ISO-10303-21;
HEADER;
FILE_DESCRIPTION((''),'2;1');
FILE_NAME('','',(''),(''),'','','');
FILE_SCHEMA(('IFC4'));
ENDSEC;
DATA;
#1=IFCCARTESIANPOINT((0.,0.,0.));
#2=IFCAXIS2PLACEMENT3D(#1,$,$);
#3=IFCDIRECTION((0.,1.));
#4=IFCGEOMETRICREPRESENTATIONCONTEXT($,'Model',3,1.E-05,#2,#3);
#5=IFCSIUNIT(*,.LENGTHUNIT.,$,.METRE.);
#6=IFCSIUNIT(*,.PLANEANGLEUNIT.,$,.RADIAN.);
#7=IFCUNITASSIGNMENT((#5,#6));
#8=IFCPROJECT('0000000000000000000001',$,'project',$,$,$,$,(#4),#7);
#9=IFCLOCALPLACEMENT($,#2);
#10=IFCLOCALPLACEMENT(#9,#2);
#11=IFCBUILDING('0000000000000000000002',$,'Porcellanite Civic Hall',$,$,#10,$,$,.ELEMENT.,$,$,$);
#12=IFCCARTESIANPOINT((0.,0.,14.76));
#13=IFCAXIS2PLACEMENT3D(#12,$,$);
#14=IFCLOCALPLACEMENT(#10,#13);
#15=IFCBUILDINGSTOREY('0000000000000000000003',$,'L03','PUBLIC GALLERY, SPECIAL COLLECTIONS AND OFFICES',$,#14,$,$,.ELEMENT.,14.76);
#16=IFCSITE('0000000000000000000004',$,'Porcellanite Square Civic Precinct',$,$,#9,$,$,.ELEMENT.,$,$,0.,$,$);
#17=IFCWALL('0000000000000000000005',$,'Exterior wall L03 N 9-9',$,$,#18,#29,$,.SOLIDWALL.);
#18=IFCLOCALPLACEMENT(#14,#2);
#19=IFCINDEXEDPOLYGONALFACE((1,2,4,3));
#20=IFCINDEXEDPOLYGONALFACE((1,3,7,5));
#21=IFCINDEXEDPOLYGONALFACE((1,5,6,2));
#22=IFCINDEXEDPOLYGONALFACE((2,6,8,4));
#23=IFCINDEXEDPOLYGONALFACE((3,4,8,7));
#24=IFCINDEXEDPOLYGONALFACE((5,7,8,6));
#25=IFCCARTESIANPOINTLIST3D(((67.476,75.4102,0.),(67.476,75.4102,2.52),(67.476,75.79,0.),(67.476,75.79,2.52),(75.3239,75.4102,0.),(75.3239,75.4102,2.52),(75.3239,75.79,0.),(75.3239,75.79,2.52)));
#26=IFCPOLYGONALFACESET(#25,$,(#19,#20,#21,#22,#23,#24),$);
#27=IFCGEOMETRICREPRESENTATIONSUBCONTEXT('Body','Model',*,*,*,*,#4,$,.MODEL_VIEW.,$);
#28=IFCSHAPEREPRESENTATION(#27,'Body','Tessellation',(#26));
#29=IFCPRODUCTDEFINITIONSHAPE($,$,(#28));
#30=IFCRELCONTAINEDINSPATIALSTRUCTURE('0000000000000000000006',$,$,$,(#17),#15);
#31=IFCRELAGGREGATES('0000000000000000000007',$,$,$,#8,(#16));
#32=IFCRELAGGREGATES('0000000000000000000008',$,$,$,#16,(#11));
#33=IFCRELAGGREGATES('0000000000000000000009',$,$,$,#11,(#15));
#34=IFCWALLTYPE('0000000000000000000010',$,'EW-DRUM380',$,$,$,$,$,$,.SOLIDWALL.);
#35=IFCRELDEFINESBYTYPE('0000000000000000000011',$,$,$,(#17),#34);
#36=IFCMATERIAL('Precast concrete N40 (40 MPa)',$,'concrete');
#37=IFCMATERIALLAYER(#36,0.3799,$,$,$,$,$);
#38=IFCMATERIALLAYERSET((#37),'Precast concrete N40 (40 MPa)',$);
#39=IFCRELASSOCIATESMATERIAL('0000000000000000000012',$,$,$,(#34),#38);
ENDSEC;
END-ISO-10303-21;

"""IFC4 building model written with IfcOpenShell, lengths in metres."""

from ifc_helpers import new_model, si_unit, direction, frame, frame_2d, origin, place, context, subcontext, project, spatial, rectangle, extrude, material, layer, layer_set, type_object, element, save


model = new_model("IFC4")

# Units and contexts
model_context = context("Model", 3, precision=1e-05, world=origin(), true_north=direction((0.0, 1.0)))
body_context = subcontext(model_context, "Body", "Model", "MODEL_VIEW")
ifc_project = project(units=[si_unit("LENGTHUNIT", "METRE"), si_unit("PLANEANGLEUNIT", "RADIAN")], contexts=[model_context])

# Site, building, storey
site_placement = place(None, origin())
site = spatial("IfcSite", under=ifc_project, at=site_placement, Name="Porcellanite Square Civic Precinct", CompositionType="ELEMENT", RefElevation=0.0)
building_placement = place(site_placement, origin())
building = spatial("IfcBuilding", under=site, at=building_placement, Name="Porcellanite Civic Hall", CompositionType="ELEMENT")
storey_placement = place(building_placement, frame((0.0, 0.0, 14.76)))
storey = spatial("IfcBuildingStorey", under=building, at=storey_placement, Name="L03", Description="PUBLIC GALLERY, SPECIAL COLLECTIONS AND OFFICES", CompositionType="ELEMENT", Elevation=14.76)

# Wall
ifc_material_1 = material(Name="Precast concrete N40 (40 MPa)", Category="concrete")
ifc_layer_1 = layer(ifc_material_1, 0.3799)
ifc_layer_set_1 = layer_set([ifc_layer_1], Name="Precast concrete N40 (40 MPa)")
wall_type = type_object("IfcWallType", Name="EW-DRUM380", PredefinedType="SOLIDWALL", material=ifc_layer_set_1)
wall_placement = place(storey_placement, frame((67.4761, 75.6001, 0.0), z_axis=(0.0, 0.0, 1.0), x_axis=(1.0, 0.0, 0.0)))
element("IfcWall", 1, at=wall_placement, inside=storey, type_object=wall_type, Name="Exterior wall L03 N 9-9", PredefinedType="SOLIDWALL", context=body_context, shape_type="SweptSolid", body=[
    extrude(rectangle(XDim=7.8479, YDim=0.3799, at=frame_2d((3.9238, 0.0))), origin(), (0.0, 0.0, 1.0), 2.52),
])

save(model, "model.ifc")
